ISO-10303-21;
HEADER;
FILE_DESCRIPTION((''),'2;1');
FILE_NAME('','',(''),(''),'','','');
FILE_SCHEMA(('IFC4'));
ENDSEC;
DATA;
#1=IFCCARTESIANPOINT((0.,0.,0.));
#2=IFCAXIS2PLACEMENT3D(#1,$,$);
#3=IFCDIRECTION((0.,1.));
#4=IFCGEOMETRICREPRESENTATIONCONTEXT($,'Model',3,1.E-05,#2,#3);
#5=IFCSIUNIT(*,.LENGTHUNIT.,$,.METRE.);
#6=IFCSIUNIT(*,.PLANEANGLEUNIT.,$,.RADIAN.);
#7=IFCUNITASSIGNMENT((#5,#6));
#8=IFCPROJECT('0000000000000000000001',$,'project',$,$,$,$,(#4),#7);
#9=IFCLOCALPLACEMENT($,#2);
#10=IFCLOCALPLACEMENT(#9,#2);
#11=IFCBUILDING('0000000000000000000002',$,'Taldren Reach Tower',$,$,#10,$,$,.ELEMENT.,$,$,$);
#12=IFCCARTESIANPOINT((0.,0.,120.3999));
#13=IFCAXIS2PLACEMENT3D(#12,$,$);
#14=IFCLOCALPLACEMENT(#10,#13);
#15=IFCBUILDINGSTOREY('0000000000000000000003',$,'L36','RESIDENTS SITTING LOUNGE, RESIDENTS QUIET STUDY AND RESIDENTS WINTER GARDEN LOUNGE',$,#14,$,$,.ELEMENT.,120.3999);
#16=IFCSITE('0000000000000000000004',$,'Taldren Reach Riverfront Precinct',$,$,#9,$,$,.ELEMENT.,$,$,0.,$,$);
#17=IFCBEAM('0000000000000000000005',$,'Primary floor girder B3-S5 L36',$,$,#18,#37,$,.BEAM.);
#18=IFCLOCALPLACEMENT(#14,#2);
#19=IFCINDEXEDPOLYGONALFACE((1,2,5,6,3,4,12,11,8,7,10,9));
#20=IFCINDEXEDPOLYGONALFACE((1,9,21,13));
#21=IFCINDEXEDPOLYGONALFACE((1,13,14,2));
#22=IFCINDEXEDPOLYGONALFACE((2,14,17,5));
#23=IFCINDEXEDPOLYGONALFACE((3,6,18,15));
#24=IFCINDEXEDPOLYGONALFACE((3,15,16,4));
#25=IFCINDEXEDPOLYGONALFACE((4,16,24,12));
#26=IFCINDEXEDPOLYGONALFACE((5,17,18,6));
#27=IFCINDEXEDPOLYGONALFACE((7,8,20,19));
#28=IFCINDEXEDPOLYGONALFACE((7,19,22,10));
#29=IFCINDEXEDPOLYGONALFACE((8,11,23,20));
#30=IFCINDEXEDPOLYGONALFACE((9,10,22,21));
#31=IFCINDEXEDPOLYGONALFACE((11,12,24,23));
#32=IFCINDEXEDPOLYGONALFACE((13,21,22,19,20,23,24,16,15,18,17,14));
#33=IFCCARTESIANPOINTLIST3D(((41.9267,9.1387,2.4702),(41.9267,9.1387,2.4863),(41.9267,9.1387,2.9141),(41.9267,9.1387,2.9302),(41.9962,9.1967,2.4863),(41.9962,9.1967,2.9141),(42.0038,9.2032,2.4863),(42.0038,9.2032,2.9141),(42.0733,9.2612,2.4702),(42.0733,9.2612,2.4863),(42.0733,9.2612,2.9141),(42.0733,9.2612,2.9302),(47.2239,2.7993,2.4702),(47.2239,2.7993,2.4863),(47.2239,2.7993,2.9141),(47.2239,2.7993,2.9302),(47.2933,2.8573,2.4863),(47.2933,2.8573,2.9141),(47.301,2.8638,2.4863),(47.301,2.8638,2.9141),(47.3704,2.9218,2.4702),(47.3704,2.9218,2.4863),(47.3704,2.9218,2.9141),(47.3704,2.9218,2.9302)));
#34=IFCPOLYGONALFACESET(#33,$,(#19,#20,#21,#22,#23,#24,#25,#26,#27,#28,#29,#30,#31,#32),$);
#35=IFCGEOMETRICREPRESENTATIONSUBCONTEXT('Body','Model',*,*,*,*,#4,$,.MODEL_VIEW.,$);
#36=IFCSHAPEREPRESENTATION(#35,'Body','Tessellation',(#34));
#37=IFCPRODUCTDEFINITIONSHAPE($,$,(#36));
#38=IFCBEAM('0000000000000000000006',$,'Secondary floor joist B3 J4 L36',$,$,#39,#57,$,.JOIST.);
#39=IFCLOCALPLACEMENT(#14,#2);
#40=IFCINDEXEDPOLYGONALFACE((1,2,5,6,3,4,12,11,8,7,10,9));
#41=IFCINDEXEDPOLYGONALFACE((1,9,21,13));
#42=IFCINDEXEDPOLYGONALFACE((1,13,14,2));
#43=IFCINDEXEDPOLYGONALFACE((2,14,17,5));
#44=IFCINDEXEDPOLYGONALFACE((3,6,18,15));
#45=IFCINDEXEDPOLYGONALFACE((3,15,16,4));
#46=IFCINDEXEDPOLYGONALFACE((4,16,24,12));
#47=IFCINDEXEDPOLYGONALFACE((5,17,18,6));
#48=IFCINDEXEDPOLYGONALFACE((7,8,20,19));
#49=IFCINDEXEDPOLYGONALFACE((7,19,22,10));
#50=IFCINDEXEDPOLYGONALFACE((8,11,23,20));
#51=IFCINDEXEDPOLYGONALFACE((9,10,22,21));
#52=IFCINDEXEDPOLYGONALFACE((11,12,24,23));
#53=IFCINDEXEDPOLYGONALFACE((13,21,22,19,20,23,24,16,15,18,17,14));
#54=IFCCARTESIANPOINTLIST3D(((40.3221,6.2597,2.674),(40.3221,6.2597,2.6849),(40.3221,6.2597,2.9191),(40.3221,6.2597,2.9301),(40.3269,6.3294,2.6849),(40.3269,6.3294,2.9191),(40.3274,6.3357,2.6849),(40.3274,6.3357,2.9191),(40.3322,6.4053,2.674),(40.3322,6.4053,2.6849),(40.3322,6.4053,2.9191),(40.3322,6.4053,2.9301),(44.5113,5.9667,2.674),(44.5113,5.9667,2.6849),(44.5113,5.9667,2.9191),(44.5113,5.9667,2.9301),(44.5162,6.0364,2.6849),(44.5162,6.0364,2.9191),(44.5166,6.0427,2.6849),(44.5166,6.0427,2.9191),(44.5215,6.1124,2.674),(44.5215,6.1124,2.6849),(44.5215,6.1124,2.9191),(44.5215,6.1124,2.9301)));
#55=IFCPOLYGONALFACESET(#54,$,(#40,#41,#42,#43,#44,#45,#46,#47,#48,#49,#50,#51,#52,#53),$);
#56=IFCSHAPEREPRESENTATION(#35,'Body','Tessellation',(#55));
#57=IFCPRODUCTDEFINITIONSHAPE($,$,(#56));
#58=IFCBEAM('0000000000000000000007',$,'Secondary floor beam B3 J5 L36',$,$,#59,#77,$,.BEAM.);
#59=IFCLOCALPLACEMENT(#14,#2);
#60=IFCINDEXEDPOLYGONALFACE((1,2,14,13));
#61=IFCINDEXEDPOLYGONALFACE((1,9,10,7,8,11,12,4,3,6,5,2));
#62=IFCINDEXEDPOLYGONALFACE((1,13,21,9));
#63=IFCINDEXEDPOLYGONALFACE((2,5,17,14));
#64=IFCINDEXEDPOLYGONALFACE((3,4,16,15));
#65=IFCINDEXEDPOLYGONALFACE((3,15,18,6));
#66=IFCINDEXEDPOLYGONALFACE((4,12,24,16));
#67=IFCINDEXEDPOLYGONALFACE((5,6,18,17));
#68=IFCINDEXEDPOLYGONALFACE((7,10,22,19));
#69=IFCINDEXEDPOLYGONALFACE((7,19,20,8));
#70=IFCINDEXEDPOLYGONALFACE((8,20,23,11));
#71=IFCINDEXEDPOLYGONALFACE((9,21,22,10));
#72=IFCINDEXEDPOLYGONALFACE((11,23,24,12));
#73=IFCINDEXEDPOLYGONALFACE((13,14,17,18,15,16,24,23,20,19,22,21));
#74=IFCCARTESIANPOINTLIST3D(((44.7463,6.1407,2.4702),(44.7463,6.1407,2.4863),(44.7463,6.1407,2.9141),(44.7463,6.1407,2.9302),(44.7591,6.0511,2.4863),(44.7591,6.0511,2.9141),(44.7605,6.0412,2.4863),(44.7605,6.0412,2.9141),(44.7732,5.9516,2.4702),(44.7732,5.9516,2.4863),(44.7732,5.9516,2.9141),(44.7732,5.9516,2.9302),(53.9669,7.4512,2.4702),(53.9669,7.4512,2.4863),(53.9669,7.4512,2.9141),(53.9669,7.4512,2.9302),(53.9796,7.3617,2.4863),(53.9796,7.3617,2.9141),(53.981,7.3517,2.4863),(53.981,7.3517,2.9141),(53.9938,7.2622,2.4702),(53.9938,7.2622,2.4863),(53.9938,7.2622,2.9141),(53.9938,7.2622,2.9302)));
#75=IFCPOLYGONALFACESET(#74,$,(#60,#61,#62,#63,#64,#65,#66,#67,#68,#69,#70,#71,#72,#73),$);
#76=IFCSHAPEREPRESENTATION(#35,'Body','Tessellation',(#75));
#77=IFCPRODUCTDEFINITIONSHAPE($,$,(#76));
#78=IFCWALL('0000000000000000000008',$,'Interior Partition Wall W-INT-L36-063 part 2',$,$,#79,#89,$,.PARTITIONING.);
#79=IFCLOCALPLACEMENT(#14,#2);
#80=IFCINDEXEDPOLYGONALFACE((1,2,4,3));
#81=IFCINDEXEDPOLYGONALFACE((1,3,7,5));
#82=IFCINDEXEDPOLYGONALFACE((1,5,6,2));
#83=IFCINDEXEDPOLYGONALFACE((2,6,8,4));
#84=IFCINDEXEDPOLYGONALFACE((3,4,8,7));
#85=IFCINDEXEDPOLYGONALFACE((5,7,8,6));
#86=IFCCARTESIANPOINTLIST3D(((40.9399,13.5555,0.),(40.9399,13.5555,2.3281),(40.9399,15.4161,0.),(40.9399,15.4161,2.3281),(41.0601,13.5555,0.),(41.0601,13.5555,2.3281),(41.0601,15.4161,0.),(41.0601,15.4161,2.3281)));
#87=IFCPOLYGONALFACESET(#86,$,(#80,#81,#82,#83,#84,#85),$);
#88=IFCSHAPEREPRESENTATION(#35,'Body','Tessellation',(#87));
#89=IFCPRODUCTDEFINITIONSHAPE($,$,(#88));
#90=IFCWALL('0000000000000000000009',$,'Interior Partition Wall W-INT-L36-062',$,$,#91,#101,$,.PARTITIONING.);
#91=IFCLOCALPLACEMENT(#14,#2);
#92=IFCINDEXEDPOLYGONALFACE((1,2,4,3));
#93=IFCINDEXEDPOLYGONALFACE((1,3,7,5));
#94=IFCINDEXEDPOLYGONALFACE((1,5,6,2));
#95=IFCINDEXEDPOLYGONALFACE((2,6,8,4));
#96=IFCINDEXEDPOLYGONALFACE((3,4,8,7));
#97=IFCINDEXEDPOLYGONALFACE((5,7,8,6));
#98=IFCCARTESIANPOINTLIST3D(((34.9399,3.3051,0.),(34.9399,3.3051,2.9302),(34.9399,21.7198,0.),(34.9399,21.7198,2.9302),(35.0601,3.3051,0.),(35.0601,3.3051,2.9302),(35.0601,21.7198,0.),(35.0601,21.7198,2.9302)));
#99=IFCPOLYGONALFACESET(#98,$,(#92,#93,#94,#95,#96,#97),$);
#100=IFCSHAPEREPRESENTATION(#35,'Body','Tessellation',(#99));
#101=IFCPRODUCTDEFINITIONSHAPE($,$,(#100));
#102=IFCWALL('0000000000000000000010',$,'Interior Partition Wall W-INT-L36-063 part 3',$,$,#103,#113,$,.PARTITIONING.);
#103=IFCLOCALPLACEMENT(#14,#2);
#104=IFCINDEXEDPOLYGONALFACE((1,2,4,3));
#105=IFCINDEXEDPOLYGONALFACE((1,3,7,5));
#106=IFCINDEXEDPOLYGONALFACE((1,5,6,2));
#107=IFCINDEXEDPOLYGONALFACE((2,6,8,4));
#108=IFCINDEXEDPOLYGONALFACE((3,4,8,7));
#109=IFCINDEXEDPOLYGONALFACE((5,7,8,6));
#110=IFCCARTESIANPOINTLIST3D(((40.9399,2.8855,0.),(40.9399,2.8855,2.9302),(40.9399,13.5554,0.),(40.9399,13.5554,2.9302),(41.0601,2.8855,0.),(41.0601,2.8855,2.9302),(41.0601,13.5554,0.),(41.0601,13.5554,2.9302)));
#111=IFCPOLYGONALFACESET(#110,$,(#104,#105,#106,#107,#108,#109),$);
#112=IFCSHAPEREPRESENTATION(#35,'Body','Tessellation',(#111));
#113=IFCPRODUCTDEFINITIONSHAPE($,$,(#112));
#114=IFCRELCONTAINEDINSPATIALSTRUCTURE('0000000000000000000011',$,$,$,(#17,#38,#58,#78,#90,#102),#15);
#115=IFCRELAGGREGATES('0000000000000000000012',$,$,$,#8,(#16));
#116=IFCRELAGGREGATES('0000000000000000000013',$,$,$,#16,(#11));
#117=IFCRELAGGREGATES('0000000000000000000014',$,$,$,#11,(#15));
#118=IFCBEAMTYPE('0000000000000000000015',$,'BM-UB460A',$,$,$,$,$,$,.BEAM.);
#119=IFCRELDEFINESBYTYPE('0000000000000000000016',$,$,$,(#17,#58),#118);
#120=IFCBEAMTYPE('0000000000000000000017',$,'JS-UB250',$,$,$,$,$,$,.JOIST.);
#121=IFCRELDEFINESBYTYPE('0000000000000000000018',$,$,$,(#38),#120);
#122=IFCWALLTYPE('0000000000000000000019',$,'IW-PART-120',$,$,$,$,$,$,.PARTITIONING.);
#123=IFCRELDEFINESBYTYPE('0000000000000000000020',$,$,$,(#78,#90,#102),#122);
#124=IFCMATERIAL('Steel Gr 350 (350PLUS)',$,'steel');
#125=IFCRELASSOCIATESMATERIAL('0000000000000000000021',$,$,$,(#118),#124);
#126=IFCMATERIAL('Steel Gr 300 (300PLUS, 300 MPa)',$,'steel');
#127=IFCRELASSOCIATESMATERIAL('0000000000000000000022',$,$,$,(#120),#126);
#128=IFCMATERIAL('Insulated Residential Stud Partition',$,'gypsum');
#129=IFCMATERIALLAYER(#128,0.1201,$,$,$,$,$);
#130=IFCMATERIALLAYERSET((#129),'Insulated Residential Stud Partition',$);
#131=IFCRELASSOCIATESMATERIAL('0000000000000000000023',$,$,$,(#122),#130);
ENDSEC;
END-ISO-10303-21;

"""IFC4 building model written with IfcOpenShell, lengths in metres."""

from ifc_helpers import new_model, si_unit, direction, frame, frame_2d, origin, origin_2d, place, context, subcontext, project, spatial, rectangle, i_section, extrude, source, transform, mapped, material, layer, layer_set, material_profile, profile_set, type_object, element, save


model = new_model("IFC4")

# Units and contexts
model_context = context("Model", 3, precision=1e-05, world=origin(), true_north=direction((0.0, 1.0)))
body_context = subcontext(model_context, "Body", "Model", "MODEL_VIEW")
ifc_project = project(units=[si_unit("LENGTHUNIT", "METRE"), si_unit("PLANEANGLEUNIT", "RADIAN")], contexts=[model_context])

# Site, building, storey
site_placement = place(None, origin())
site = spatial("IfcSite", under=ifc_project, at=site_placement, Name="Taldren Reach Riverfront Precinct", CompositionType="ELEMENT", RefElevation=0.0)
building_placement = place(site_placement, origin())
building = spatial("IfcBuilding", under=site, at=building_placement, Name="Taldren Reach Tower", CompositionType="ELEMENT")
storey_placement = place(building_placement, frame((0.0, 0.0, 120.3999)))
storey = spatial("IfcBuildingStorey", under=building, at=storey_placement, Name="L36", Description="RESIDENTS SITTING LOUNGE, RESIDENTS QUIET STUDY AND RESIDENTS WINTER GARDEN LOUNGE", CompositionType="ELEMENT", Elevation=120.3999)

# Shared definitions
ifc_material_1 = material(Name="Steel Gr 350 (350PLUS)", Category="steel")

# Beams
ifc_material_profile_1 = material_profile(ifc_material_1, i_section(OverallWidth=0.1909, OverallDepth=0.46, WebThickness=0.01, FlangeThickness=0.0161, at=origin_2d()), Name="460UB82.1")
ifc_profile_set_1 = profile_set([ifc_material_profile_1], Name="Steel Gr 350 (350PLUS)")
beam_type_1 = type_object("IfcBeamType", Name="BM-UB460A", PredefinedType="BEAM", material=ifc_profile_set_1)
shared_shape_1 = source(origin(), body_context, "Body", "SweptSolid", [
    extrude(i_section(OverallWidth=0.1909, OverallDepth=0.46, WebThickness=0.01, FlangeThickness=0.0161, at=origin_2d()), origin(), (0.0, 0.0, 1.0), 8.2612),
])
beam_1_placement = place(storey_placement, frame((42.0, 9.2, 2.7002), z_axis=(0.641207, -0.767368, 0.0), x_axis=(0.767368, 0.641207, 0.0)))
element("IfcBeam", 1, at=beam_1_placement, inside=storey, type_object=beam_type_1, Name="Primary floor girder B3-S5 L36", PredefinedType="BEAM", context=body_context, shape_type="MappedRepresentation", body=[
    mapped(shared_shape_1, transform((0.0, 0.0, 0.0), scale=1.0)),
])
ifc_material_2 = material(Name="Steel Gr 300 (300PLUS, 300 MPa)", Category="steel")
ifc_material_profile_2 = material_profile(ifc_material_2, i_section(OverallWidth=0.146, OverallDepth=0.2561, WebThickness=0.0063, FlangeThickness=0.011, at=origin_2d()), Name="250UB37.3")
ifc_profile_set_2 = profile_set([ifc_material_profile_2], Name="Steel Gr 300 (300PLUS, 300 MPa)")
beam_type_2 = type_object("IfcBeamType", Name="JS-UB250", PredefinedType="JOIST", material=ifc_profile_set_2)
shared_shape_2 = source(origin(), body_context, "Body", "SweptSolid", [
    extrude(i_section(OverallWidth=0.146, OverallDepth=0.2561, WebThickness=0.0063, FlangeThickness=0.011, at=origin_2d()), origin(), (0.0, 0.0, 1.0), 4.1995),
])
beam_2_placement = place(storey_placement, frame((40.3271, 6.3325, 2.802), z_axis=(0.997564, -0.069764, 0.0), x_axis=(0.069764, 0.997564, 0.0)))
element("IfcBeam", 2, at=beam_2_placement, inside=storey, type_object=beam_type_2, Name="Secondary floor joist B3 J4 L36", PredefinedType="JOIST", context=body_context, shape_type="MappedRepresentation", body=[
    mapped(shared_shape_2, transform((0.0, 0.0, 0.0), scale=1.0)),
])
shared_shape_3 = source(origin(), body_context, "Body", "SweptSolid", [
    extrude(i_section(OverallWidth=0.1909, OverallDepth=0.46, WebThickness=0.01, FlangeThickness=0.0161, at=origin_2d()), origin(), (0.0, 0.0, 1.0), 9.3132),
])
beam_3_placement = place(storey_placement, frame((44.7598, 6.0461, 2.7002), z_axis=(0.990049, 0.14072, 0.0), x_axis=(-0.14072, 0.990049, 0.0)))
element("IfcBeam", 3, at=beam_3_placement, inside=storey, type_object=beam_type_1, Name="Secondary floor beam B3 J5 L36", PredefinedType="BEAM", context=body_context, shape_type="MappedRepresentation", body=[
    mapped(shared_shape_3, transform((0.0, 0.0, 0.0), scale=1.0)),
])

# Walls
ifc_material_3 = material(Name="Insulated Residential Stud Partition", Category="gypsum")
ifc_layer = layer(ifc_material_3, 0.1201)
ifc_layer_set = layer_set([ifc_layer], Name="Insulated Residential Stud Partition")
wall_type = type_object("IfcWallType", Name="IW-PART-120", PredefinedType="PARTITIONING", material=ifc_layer_set)
shared_shape_4 = source(origin(), body_context, "Body", "SweptSolid", [
    extrude(rectangle(XDim=1.8606, YDim=0.1201, at=frame_2d((0.9302, 0.0))), origin(), (0.0, 0.0, 1.0), 2.3281),
])
wall_1_placement = place(storey_placement, frame((41.0, 15.416, 0.0), z_axis=(0.0, 0.0, 1.0), x_axis=(0.0, -1.0, 0.0)))
element("IfcWall", 4, at=wall_1_placement, inside=storey, type_object=wall_type, Name="Interior Partition Wall W-INT-L36-063 part 2", PredefinedType="PARTITIONING", context=body_context, shape_type="MappedRepresentation", body=[
    mapped(shared_shape_4, transform((0.0, 0.0, 0.0), scale=1.0)),
])
shared_shape_5 = source(origin(), body_context, "Body", "SweptSolid", [
    extrude(rectangle(XDim=18.4148, YDim=0.1201, at=frame_2d((9.2075, 0.0))), origin(), (0.0, 0.0, 1.0), 2.9302),
])
wall_2_placement = place(storey_placement, frame((35.0, 21.72, 0.0), z_axis=(0.0, 0.0, 1.0), x_axis=(0.0, -1.0, 0.0)))
element("IfcWall", 5, at=wall_2_placement, inside=storey, type_object=wall_type, Name="Interior Partition Wall W-INT-L36-062", PredefinedType="PARTITIONING", context=body_context, shape_type="MappedRepresentation", body=[
    mapped(shared_shape_5, transform((0.0, 0.0, 0.0), scale=1.0)),
])
shared_shape_6 = source(origin(), body_context, "Body", "SweptSolid", [
    extrude(rectangle(XDim=10.6699, YDim=0.1201, at=frame_2d((5.335, 0.0))), origin(), (0.0, 0.0, 1.0), 2.9302),
])
wall_3_placement = place(storey_placement, frame((41.0, 13.5554, 0.0), z_axis=(0.0, 0.0, 1.0), x_axis=(0.0, -1.0, 0.0)))
element("IfcWall", 6, at=wall_3_placement, inside=storey, type_object=wall_type, Name="Interior Partition Wall W-INT-L36-063 part 3", PredefinedType="PARTITIONING", context=body_context, shape_type="MappedRepresentation", body=[
    mapped(shared_shape_6, transform((0.0, 0.0, 0.0), scale=1.0)),
])

save(model, "model.ifc")
